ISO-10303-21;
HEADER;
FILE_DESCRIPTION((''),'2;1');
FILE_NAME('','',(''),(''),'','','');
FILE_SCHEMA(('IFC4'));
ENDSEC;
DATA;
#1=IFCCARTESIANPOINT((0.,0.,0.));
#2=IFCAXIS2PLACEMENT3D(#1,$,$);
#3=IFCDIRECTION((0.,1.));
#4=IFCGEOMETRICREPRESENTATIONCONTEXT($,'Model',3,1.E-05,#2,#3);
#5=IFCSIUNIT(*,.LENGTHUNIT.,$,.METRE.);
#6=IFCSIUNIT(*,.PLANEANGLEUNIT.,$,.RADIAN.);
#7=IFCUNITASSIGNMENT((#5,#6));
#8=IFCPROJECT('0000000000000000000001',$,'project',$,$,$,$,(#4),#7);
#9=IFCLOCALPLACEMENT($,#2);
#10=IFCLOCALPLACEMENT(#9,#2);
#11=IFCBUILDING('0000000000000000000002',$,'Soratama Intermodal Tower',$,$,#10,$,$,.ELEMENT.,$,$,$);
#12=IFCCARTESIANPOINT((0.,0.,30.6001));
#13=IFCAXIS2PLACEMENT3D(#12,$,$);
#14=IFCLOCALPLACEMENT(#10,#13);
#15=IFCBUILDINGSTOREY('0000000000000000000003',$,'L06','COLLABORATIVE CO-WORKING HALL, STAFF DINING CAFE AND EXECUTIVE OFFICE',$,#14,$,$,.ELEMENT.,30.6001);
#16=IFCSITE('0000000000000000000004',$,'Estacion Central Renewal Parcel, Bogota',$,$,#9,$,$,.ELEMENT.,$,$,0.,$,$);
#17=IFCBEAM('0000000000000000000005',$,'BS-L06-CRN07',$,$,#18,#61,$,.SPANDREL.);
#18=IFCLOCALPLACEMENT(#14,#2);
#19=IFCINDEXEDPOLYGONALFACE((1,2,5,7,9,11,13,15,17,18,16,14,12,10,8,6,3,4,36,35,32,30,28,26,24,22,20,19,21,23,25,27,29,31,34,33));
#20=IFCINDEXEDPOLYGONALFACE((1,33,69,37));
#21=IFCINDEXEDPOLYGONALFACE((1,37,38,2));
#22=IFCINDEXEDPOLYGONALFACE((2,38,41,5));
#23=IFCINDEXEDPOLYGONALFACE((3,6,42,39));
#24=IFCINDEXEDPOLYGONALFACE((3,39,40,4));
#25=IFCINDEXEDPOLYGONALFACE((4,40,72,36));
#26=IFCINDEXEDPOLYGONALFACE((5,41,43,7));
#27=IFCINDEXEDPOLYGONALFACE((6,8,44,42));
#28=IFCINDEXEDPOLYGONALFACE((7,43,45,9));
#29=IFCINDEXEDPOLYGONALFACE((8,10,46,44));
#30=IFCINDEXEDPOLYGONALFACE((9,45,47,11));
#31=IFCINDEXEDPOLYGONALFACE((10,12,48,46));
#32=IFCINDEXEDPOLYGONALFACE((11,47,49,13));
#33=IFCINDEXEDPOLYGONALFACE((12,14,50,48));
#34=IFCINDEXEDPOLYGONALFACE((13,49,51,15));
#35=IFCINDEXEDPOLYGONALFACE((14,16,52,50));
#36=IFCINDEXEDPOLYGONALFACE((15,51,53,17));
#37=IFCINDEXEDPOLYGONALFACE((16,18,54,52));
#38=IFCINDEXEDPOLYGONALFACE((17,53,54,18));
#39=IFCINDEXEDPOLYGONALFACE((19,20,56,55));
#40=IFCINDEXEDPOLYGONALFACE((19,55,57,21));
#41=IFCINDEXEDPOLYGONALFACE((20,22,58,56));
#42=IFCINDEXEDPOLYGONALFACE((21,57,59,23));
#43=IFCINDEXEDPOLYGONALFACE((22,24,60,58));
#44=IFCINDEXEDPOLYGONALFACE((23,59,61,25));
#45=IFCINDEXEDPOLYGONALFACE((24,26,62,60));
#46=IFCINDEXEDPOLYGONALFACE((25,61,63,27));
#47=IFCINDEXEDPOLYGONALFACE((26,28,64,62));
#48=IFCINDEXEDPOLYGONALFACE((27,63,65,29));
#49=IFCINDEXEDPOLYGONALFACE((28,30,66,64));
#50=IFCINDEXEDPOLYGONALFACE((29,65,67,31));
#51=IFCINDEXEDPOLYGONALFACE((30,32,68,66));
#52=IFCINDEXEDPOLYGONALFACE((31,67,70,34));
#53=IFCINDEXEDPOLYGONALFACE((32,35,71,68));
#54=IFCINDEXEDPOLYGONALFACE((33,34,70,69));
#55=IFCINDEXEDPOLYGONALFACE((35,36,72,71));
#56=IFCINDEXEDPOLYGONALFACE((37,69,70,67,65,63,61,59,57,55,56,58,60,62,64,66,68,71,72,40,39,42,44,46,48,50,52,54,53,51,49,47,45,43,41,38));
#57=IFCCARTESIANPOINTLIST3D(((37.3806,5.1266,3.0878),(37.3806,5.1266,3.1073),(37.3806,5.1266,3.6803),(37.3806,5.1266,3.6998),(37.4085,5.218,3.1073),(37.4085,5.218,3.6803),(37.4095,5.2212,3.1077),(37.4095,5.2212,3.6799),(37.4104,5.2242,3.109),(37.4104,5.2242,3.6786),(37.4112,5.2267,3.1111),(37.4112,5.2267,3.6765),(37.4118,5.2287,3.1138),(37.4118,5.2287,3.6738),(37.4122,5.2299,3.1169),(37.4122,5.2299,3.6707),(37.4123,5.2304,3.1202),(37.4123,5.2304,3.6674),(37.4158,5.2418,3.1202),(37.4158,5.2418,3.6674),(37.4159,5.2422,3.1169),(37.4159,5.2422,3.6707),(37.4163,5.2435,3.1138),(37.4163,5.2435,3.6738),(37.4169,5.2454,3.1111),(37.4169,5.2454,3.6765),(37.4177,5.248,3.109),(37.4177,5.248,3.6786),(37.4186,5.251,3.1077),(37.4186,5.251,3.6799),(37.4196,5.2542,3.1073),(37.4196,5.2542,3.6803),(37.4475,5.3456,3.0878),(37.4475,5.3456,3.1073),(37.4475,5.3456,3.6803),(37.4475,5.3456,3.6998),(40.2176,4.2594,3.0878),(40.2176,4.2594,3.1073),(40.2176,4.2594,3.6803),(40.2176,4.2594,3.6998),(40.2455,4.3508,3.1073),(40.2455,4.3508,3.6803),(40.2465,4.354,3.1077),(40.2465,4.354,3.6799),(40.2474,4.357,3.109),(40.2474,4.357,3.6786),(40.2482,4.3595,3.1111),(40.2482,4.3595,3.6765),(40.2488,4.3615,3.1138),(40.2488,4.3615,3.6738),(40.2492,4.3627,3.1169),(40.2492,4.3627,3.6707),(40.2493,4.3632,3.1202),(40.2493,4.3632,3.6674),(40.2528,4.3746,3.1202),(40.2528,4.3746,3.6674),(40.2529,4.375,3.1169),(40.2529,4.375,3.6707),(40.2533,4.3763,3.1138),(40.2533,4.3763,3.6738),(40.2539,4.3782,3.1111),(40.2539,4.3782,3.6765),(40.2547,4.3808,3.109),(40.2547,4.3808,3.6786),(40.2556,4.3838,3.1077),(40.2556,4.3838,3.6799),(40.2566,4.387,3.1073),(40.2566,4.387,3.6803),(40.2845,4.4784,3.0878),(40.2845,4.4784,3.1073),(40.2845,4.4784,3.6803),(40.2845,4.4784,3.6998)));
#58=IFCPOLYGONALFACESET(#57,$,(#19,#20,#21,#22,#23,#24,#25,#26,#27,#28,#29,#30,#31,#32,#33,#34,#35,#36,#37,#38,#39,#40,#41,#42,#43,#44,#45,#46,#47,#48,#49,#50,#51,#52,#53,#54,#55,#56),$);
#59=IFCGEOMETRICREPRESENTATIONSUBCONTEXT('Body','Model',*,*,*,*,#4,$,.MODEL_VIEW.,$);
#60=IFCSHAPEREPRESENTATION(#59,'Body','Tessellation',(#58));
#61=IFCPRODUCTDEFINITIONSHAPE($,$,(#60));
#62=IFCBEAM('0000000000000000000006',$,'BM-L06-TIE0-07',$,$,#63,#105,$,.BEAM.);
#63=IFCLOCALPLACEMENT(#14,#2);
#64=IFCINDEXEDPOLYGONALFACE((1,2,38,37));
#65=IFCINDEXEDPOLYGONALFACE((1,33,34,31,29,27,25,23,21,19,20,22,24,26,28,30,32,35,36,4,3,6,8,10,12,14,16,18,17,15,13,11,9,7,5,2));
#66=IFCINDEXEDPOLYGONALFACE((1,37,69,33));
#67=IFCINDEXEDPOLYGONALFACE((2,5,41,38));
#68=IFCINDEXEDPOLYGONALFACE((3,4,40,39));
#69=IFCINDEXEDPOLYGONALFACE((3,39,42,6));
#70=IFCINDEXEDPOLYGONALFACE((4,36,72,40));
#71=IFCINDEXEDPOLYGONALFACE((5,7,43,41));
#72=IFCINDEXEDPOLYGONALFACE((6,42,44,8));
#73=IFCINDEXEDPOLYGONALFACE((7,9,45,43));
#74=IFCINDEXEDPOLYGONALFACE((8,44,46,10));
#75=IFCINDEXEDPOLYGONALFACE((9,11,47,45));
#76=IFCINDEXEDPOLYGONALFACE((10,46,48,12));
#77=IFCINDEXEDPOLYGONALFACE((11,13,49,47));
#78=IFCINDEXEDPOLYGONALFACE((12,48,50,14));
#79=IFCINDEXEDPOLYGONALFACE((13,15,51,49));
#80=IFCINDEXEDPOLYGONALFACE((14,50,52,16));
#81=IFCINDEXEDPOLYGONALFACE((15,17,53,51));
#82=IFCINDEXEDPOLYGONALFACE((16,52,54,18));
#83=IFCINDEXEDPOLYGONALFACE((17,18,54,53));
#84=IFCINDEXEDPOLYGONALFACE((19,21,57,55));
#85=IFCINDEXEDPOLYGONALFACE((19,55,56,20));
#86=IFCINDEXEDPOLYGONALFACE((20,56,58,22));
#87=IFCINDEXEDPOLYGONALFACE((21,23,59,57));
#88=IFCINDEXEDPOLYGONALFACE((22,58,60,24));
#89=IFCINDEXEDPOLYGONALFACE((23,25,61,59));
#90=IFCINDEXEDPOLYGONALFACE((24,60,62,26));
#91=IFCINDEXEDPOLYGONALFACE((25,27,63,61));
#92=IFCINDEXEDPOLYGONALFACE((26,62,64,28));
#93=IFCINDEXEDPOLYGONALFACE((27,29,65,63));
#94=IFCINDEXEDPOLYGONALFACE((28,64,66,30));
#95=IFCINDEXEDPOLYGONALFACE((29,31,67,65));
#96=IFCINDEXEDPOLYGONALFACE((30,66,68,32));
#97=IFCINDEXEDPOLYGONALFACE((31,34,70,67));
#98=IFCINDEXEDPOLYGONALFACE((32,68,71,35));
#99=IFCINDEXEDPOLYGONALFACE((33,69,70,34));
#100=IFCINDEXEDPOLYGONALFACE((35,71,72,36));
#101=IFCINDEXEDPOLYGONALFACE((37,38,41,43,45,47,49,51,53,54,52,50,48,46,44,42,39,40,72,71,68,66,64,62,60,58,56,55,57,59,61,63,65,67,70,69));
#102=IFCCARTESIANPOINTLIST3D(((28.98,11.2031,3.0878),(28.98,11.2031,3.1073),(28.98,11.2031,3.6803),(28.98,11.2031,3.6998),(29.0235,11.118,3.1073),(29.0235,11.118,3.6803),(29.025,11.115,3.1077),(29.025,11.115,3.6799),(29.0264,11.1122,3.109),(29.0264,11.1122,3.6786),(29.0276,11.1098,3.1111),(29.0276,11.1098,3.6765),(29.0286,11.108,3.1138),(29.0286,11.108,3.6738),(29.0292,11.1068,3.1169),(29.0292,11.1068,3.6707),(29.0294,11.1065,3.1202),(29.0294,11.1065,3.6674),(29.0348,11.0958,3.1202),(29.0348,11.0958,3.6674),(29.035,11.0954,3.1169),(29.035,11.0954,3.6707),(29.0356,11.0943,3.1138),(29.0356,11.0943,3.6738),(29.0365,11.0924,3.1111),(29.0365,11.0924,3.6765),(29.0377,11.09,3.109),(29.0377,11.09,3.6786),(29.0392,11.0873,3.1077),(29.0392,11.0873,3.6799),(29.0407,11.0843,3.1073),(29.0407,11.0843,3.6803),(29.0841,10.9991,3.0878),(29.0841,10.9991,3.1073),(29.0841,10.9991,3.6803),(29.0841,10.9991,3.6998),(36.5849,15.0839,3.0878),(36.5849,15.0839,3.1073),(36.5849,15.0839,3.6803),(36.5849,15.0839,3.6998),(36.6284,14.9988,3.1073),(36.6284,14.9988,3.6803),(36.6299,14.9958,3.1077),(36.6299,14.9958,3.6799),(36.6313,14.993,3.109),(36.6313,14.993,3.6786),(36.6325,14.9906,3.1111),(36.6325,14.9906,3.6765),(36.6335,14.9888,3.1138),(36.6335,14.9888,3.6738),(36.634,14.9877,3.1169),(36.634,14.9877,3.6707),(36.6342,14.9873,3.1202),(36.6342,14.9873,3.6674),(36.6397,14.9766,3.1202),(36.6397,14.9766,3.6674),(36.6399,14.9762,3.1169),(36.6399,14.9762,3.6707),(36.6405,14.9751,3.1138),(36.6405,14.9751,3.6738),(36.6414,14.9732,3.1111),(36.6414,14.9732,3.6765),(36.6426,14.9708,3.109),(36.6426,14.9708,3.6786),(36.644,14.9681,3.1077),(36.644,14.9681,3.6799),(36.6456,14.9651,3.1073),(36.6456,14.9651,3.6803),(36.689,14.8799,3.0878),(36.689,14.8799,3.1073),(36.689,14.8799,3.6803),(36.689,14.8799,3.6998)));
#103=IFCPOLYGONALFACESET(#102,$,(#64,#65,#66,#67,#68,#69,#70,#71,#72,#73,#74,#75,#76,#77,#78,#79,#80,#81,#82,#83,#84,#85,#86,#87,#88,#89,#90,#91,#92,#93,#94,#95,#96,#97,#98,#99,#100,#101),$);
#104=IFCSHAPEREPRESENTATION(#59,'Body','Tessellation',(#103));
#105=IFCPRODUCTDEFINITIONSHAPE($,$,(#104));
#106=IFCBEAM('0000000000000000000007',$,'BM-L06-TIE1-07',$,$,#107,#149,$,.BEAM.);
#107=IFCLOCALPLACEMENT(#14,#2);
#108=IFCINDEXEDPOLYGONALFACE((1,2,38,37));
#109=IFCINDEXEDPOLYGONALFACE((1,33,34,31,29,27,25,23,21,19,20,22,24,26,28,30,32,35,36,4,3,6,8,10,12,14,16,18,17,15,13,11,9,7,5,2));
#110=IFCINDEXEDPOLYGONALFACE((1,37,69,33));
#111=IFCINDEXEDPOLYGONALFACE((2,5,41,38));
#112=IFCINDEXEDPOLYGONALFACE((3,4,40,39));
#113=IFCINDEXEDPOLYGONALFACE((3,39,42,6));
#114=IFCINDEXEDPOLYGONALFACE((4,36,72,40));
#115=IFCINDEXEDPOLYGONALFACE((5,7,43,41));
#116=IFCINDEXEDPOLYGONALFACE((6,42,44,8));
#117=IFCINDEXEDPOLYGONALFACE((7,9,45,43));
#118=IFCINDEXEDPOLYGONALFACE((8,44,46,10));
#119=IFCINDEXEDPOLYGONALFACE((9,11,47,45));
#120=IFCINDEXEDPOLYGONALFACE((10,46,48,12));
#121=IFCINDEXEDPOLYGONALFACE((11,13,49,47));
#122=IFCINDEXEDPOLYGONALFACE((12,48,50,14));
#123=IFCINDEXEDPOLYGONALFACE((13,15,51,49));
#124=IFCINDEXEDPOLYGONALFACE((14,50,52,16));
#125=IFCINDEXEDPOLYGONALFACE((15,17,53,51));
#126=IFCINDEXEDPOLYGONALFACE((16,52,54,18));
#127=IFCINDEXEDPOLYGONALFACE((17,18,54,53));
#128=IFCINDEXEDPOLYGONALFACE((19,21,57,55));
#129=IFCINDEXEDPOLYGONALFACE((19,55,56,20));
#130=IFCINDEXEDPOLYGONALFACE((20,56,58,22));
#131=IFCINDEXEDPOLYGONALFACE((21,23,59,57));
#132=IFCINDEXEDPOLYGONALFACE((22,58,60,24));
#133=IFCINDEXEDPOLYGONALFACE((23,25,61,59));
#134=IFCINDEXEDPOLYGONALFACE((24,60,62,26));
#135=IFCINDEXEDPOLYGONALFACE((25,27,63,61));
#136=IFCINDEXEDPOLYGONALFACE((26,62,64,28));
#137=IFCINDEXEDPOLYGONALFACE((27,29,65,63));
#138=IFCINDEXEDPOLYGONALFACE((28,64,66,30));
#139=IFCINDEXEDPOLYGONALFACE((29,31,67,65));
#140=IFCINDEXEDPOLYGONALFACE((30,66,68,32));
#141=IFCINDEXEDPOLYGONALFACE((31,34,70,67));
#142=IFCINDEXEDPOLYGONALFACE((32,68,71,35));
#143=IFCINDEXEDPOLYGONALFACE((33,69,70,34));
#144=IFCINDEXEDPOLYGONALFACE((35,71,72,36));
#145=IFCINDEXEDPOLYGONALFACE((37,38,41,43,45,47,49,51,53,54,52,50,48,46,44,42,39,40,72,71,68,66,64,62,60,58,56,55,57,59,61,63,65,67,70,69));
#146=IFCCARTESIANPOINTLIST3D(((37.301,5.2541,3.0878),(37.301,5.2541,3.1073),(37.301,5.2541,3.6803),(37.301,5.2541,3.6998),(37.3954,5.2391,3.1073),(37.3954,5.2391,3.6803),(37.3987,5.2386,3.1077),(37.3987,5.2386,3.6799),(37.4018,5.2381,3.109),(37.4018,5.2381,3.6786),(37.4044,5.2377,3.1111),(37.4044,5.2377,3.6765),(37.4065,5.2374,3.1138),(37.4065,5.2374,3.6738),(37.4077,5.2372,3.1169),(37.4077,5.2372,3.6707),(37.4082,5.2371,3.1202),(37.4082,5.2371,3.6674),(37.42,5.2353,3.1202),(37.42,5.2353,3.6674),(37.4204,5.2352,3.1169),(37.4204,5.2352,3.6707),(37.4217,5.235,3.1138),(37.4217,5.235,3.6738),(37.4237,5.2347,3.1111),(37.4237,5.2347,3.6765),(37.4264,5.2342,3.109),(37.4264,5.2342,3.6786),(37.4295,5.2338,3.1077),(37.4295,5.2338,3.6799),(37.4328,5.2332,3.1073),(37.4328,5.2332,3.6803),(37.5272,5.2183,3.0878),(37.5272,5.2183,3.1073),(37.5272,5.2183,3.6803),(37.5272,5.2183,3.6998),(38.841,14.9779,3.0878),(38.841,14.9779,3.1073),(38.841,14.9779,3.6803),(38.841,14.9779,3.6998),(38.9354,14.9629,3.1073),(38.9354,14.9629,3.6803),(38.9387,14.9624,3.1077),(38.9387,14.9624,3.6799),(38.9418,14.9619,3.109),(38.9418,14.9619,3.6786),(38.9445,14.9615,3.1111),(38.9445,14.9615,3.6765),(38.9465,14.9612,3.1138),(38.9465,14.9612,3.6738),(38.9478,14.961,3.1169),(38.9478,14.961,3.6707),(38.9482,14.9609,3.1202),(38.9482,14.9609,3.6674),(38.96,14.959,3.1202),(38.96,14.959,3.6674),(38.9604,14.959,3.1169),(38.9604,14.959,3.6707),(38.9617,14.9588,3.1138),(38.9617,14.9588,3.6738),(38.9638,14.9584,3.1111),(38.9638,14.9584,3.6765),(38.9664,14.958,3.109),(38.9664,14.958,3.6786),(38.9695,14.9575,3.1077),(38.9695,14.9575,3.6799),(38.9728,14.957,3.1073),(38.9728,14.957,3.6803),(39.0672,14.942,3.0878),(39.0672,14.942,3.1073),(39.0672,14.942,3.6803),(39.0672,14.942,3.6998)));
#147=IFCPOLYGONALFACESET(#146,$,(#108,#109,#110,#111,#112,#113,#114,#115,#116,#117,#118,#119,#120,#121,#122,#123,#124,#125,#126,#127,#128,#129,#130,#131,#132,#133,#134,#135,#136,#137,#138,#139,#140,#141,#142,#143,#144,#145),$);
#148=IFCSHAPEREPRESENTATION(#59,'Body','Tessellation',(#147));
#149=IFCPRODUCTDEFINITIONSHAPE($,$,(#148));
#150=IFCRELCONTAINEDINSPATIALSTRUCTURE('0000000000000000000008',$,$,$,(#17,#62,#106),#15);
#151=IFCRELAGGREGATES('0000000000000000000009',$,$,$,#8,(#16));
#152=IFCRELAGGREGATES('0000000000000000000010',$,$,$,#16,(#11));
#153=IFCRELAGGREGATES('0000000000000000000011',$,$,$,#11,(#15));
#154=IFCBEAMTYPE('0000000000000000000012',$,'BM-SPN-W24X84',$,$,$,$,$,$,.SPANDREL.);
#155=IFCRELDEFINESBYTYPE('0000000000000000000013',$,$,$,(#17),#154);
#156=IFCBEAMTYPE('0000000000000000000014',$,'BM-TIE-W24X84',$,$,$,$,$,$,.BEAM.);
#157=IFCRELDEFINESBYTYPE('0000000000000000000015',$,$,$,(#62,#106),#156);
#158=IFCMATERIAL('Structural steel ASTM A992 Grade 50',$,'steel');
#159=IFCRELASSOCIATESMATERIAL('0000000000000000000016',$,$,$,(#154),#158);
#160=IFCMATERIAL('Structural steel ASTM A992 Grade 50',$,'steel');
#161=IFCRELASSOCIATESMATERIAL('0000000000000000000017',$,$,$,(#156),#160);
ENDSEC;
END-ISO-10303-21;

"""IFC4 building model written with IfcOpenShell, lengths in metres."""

from ifc_helpers import new_model, si_unit, direction, frame, origin, origin_2d, place, context, subcontext, project, spatial, i_section, extrude, material, material_profile, profile_set, type_object, element, save


model = new_model("IFC4")

# Units and contexts
model_context = context("Model", 3, precision=1e-05, world=origin(), true_north=direction((0.0, 1.0)))
body_context = subcontext(model_context, "Body", "Model", "MODEL_VIEW")
ifc_project = project(units=[si_unit("LENGTHUNIT", "METRE"), si_unit("PLANEANGLEUNIT", "RADIAN")], contexts=[model_context])

# Site, building, storey
site_placement = place(None, origin())
site = spatial("IfcSite", under=ifc_project, at=site_placement, Name="Estacion Central Renewal Parcel, Bogota", CompositionType="ELEMENT", RefElevation=0.0)
building_placement = place(site_placement, origin())
building = spatial("IfcBuilding", under=site, at=building_placement, Name="Soratama Intermodal Tower", CompositionType="ELEMENT")
storey_placement = place(building_placement, frame((0.0, 0.0, 30.6001)))
storey = spatial("IfcBuildingStorey", under=building, at=storey_placement, Name="L06", Description="COLLABORATIVE CO-WORKING HALL, STAFF DINING CAFE AND EXECUTIVE OFFICE", CompositionType="ELEMENT", Elevation=30.6001)

# Beams
ifc_material_1 = material(Name="Structural steel ASTM A992 Grade 50", Category="steel")
ifc_material_profile_1 = material_profile(ifc_material_1, i_section(OverallWidth=0.229, OverallDepth=0.6121, WebThickness=0.012, FlangeThickness=0.0195, FilletRadius=0.0129, at=origin_2d()), Name="W24X84")
ifc_profile_set_1 = profile_set([ifc_material_profile_1], Name="Structural steel ASTM A992 Grade 50")
beam_type_1 = type_object("IfcBeamType", Name="BM-SPN-W24X84", PredefinedType="SPANDREL", material=ifc_profile_set_1)
beam_1_placement = place(storey_placement, frame((37.4141, 5.2361, 3.3938), z_axis=(0.956318, -0.292327, 0.0), x_axis=(0.292327, 0.956318, 0.0)))
element("IfcBeam", 1, at=beam_1_placement, inside=storey, type_object=beam_type_1, Name="BS-L06-CRN07", PredefinedType="SPANDREL", context=body_context, shape_type="SweptSolid", body=[
    extrude(i_section(OverallWidth=0.229, OverallDepth=0.6121, WebThickness=0.012, FlangeThickness=0.0195, FilletRadius=0.0129, at=origin_2d()), origin(), (0.0, 0.0, 1.0), 2.9666),
])
ifc_material_2 = material(Name="Structural steel ASTM A992 Grade 50", Category="steel")
ifc_material_profile_2 = material_profile(ifc_material_2, i_section(OverallWidth=0.229, OverallDepth=0.6121, WebThickness=0.012, FlangeThickness=0.0195, FilletRadius=0.0129, at=origin_2d()), Name="W24X84")
ifc_profile_set_2 = profile_set([ifc_material_profile_2], Name="Structural steel ASTM A992 Grade 50")
beam_type_2 = type_object("IfcBeamType", Name="BM-TIE-W24X84", PredefinedType="BEAM", material=ifc_profile_set_2)
beam_2_placement = place(storey_placement, frame((36.637, 14.9819, 3.3938), z_axis=(-0.890725, -0.454542, 0.0), x_axis=(0.454542, -0.890725, 0.0)))
element("IfcBeam", 2, at=beam_2_placement, inside=storey, type_object=beam_type_2, Name="BM-L06-TIE0-07", PredefinedType="BEAM", context=body_context, shape_type="SweptSolid", body=[
    extrude(i_section(OverallWidth=0.229, OverallDepth=0.6121, WebThickness=0.012, FlangeThickness=0.0195, FilletRadius=0.0129, at=origin_2d()), origin(), (0.0, 0.0, 1.0), 8.5378),
])
beam_3_placement = place(storey_placement, frame((38.9541, 14.96, 3.3938), z_axis=(-0.156427, -0.987689, 0.0), x_axis=(0.987689, -0.156427, 0.0)))
element("IfcBeam", 3, at=beam_3_placement, inside=storey, type_object=beam_type_2, Name="BM-L06-TIE1-07", PredefinedType="BEAM", context=body_context, shape_type="SweptSolid", body=[
    extrude(i_section(OverallWidth=0.229, OverallDepth=0.6121, WebThickness=0.012, FlangeThickness=0.0195, FilletRadius=0.0129, at=origin_2d()), origin(), (0.0, 0.0, 1.0), 9.845),
])

save(model, "model.ifc")
